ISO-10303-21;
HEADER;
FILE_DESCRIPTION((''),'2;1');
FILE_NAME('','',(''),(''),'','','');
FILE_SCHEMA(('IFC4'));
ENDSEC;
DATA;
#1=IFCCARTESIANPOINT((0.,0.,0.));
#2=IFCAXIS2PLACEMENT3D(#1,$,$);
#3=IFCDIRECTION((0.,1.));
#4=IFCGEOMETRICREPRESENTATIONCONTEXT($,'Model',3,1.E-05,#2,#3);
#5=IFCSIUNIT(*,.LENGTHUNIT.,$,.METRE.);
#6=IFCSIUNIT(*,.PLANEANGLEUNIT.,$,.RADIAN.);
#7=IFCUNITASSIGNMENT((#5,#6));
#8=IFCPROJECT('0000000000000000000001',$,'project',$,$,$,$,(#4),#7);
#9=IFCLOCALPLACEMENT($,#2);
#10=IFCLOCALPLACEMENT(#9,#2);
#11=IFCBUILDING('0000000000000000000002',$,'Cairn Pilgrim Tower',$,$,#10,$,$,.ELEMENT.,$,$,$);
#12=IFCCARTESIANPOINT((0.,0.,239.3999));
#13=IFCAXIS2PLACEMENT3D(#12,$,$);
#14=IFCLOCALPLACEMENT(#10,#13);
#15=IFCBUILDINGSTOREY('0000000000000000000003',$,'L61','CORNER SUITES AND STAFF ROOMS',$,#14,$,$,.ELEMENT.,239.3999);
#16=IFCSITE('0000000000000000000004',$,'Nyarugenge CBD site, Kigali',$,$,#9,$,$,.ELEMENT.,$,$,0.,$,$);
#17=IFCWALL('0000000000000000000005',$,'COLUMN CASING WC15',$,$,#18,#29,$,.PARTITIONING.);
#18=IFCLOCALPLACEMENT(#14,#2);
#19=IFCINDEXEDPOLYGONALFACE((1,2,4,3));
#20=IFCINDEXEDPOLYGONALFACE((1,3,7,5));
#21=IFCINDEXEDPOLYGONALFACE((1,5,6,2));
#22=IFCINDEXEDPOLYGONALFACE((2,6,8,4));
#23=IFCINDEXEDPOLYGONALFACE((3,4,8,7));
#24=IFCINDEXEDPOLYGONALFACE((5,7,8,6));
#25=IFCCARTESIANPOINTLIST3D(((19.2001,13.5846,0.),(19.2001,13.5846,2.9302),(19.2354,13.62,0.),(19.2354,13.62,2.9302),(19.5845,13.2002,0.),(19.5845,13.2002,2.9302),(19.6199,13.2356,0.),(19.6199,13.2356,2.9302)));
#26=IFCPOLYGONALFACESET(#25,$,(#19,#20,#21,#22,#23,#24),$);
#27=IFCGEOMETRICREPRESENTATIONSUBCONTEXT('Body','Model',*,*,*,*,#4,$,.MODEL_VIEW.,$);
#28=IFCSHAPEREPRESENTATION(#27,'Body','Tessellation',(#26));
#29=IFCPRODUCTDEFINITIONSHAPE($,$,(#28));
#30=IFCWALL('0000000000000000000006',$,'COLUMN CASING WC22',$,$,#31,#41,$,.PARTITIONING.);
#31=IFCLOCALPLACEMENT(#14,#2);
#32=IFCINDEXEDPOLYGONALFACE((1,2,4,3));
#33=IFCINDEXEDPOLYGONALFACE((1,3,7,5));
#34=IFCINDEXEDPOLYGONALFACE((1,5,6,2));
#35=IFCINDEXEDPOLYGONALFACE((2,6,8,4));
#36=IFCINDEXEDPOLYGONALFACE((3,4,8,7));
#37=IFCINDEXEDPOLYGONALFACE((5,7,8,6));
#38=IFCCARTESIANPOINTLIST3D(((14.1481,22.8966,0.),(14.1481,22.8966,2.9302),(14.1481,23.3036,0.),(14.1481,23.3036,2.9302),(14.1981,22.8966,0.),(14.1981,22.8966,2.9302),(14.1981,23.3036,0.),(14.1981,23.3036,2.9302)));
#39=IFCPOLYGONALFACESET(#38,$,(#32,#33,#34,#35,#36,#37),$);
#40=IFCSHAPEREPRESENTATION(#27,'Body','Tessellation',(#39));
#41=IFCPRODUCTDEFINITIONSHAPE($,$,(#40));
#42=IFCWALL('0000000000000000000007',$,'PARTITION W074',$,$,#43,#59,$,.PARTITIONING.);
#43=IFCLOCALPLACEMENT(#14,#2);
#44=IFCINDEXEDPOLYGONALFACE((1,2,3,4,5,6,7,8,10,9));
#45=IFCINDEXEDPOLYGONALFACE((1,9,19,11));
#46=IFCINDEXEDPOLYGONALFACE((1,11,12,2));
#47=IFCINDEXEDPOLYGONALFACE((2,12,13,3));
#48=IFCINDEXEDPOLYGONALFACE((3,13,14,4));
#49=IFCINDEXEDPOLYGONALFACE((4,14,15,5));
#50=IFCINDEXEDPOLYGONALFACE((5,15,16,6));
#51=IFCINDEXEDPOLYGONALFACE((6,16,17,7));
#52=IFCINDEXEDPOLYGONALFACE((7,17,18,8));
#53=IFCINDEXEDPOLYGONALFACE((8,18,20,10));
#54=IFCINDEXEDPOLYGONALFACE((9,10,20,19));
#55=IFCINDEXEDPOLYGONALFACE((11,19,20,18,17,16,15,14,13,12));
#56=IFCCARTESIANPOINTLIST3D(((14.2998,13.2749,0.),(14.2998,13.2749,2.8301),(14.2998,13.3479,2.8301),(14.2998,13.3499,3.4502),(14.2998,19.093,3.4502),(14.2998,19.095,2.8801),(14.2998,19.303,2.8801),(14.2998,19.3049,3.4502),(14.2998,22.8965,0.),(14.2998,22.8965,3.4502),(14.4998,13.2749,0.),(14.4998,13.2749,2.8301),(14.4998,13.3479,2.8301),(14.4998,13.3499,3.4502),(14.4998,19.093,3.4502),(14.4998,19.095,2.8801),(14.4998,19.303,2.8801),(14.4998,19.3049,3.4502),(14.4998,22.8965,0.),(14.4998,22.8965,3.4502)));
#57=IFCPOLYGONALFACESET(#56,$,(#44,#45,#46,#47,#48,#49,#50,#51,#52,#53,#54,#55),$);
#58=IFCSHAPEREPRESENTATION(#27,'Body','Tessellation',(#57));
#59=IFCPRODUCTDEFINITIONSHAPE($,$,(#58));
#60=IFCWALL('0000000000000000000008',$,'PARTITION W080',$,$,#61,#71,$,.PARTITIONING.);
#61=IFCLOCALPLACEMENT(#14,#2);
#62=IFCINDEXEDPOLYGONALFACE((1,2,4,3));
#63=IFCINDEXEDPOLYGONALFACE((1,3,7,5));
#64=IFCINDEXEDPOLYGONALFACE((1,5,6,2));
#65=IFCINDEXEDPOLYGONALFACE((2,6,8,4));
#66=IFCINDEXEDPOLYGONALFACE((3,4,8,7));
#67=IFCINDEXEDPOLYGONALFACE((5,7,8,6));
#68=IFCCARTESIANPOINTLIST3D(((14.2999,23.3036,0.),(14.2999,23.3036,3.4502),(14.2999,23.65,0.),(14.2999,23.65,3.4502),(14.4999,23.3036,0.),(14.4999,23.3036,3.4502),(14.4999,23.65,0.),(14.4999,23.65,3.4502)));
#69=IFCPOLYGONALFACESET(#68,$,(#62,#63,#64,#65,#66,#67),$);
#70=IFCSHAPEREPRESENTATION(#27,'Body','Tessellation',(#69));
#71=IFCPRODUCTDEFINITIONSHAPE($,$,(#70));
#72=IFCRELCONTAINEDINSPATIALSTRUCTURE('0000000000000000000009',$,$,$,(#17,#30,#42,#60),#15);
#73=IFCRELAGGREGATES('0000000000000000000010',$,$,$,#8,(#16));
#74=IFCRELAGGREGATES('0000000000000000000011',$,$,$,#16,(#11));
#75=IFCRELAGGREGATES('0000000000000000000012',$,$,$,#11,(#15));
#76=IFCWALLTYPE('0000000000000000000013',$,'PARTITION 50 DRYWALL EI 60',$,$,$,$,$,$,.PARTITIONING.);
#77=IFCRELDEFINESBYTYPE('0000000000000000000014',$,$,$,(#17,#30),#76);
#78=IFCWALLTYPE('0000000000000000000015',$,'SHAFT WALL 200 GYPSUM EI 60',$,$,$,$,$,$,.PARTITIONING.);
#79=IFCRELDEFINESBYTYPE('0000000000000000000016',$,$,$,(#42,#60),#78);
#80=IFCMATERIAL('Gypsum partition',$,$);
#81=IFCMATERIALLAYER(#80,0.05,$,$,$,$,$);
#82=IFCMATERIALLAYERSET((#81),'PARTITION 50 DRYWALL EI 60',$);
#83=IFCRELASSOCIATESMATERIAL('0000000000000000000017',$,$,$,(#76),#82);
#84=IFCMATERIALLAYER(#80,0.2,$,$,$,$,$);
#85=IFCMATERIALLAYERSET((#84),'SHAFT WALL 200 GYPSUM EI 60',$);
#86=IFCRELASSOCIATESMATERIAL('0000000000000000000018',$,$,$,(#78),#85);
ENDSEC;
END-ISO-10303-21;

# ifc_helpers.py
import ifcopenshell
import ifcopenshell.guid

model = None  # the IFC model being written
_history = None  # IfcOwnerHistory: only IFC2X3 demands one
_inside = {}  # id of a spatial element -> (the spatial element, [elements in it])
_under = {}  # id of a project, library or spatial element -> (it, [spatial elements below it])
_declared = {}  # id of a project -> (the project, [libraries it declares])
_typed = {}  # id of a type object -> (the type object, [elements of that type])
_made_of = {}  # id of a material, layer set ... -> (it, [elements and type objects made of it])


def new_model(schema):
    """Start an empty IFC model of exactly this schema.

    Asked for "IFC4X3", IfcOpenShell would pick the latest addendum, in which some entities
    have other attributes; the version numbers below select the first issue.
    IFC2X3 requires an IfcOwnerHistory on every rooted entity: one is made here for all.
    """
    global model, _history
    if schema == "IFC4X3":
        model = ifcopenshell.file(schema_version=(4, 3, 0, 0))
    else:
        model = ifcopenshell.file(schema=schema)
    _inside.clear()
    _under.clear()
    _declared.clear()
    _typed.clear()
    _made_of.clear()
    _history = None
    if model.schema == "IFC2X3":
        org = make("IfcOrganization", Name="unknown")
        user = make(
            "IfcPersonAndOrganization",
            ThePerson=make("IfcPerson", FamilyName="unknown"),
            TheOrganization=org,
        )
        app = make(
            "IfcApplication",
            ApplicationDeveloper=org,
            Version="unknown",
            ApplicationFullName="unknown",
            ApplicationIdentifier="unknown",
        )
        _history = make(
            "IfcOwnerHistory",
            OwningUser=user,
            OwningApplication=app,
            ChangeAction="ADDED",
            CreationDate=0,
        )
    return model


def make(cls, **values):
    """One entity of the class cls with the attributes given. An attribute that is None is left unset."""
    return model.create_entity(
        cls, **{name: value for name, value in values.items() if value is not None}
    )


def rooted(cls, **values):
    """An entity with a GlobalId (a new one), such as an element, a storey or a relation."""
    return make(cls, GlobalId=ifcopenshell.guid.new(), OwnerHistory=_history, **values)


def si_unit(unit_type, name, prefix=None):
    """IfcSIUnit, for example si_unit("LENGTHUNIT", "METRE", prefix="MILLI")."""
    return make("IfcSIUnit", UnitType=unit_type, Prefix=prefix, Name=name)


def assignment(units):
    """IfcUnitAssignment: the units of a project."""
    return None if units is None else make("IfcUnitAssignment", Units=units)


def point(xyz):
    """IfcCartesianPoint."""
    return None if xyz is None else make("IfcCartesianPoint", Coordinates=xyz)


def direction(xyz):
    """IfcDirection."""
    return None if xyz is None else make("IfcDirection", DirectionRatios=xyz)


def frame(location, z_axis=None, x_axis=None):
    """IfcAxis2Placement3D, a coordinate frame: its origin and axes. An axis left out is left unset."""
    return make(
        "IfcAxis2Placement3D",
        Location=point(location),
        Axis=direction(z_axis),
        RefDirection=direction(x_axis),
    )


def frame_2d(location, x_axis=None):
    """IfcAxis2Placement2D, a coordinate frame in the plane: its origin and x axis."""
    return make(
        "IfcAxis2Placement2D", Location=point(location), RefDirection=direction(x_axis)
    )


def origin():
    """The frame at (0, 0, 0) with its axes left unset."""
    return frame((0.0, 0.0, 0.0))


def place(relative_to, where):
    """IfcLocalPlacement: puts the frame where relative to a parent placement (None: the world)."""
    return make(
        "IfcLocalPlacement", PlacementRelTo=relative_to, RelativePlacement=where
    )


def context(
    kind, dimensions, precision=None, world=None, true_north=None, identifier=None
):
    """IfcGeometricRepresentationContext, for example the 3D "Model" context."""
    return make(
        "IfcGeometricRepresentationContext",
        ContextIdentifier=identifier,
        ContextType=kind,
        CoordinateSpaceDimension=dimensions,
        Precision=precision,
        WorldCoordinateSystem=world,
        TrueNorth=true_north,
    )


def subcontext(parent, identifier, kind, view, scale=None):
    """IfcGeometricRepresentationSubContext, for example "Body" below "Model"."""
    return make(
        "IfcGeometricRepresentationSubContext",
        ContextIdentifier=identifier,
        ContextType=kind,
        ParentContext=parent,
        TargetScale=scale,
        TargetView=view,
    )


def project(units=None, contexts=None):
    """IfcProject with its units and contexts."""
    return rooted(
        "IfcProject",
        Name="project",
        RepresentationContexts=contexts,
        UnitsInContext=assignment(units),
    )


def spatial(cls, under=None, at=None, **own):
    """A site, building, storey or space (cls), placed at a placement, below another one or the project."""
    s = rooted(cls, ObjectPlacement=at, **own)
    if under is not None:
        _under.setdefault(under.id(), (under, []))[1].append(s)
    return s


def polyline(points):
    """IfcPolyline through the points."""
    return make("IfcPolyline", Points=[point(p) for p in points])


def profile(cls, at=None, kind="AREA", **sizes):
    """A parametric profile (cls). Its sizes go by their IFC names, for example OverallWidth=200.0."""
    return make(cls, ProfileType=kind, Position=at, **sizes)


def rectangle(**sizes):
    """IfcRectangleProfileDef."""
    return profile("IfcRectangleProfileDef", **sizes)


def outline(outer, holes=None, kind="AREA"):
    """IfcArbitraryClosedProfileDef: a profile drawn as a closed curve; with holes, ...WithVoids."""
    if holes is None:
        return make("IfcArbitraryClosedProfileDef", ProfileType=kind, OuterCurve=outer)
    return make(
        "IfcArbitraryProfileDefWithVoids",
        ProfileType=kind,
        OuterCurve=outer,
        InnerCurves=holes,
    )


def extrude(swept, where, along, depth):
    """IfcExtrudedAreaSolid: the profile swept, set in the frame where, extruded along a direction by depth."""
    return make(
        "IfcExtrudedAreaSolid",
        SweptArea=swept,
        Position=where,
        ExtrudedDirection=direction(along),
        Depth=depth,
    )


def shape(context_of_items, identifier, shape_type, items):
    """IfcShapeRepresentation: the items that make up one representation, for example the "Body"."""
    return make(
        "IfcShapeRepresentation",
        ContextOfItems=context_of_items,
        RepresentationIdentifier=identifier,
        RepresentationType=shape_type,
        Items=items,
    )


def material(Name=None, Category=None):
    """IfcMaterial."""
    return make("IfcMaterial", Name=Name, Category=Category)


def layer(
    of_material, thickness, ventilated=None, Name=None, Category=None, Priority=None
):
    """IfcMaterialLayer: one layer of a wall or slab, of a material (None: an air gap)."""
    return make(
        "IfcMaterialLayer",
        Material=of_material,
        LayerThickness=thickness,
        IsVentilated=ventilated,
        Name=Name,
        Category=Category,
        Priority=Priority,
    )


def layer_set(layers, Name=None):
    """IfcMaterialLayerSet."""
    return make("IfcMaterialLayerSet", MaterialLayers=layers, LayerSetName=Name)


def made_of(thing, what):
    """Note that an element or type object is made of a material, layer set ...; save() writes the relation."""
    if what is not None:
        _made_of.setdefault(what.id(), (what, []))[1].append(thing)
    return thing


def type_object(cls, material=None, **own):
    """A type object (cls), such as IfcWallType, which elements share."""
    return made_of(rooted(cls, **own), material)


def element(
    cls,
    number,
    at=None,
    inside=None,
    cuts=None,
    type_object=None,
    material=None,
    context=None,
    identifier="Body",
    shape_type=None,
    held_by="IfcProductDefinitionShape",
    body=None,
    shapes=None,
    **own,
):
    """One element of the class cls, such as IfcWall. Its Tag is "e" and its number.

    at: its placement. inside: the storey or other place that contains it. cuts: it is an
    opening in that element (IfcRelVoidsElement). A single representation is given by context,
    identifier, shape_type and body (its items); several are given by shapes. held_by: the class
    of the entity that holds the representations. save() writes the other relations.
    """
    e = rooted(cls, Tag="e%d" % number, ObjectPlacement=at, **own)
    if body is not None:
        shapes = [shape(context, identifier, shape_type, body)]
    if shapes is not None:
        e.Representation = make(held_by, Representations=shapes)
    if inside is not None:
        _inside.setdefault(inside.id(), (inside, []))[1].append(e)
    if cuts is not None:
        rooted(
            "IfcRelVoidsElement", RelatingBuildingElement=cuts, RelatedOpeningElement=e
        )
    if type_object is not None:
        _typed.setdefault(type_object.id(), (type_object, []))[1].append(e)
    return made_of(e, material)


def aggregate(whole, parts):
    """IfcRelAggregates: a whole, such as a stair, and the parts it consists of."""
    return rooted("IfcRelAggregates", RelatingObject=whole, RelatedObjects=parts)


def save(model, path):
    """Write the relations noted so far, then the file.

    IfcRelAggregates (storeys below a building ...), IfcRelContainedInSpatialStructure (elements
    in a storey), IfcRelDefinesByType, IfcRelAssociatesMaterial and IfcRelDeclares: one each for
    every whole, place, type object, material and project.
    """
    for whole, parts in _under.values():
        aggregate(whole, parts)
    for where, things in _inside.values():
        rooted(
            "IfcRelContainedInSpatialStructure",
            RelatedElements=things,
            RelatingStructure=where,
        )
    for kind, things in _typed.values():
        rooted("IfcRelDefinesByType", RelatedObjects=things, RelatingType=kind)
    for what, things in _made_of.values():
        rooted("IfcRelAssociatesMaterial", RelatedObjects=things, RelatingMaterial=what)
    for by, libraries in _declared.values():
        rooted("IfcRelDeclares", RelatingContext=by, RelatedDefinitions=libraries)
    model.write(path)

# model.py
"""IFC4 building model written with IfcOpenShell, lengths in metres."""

from ifc_helpers import new_model, si_unit, direction, frame, frame_2d, origin, place, context, subcontext, project, spatial, polyline, rectangle, outline, extrude, material, layer, layer_set, type_object, element, save


model = new_model("IFC4")

# Units and contexts
model_context = context("Model", 3, precision=1e-05, world=origin(), true_north=direction((0.0, 1.0)))
body_context = subcontext(model_context, "Body", "Model", "MODEL_VIEW")
ifc_project = project(units=[si_unit("LENGTHUNIT", "METRE"), si_unit("PLANEANGLEUNIT", "RADIAN")], contexts=[model_context])

# Site, building, storey
site_placement = place(None, origin())
site = spatial("IfcSite", under=ifc_project, at=site_placement, Name="Nyarugenge CBD site, Kigali", CompositionType="ELEMENT", RefElevation=0.0)
building_placement = place(site_placement, origin())
building = spatial("IfcBuilding", under=site, at=building_placement, Name="Cairn Pilgrim Tower", CompositionType="ELEMENT")
storey_placement = place(building_placement, frame((0.0, 0.0, 239.3999)))
storey = spatial("IfcBuildingStorey", under=building, at=storey_placement, Name="L61", Description="CORNER SUITES AND STAFF ROOMS", CompositionType="ELEMENT", Elevation=239.3999)

# Shared definitions
ifc_material_1 = material(Name="Gypsum partition")

# Walls
ifc_layer_1 = layer(ifc_material_1, 0.05)
ifc_layer_set_1 = layer_set([ifc_layer_1], Name="PARTITION 50 DRYWALL EI 60")
wall_type_1 = type_object("IfcWallType", Name="PARTITION 50 DRYWALL EI 60", PredefinedType="PARTITIONING", material=ifc_layer_set_1)
wall_1_placement = place(storey_placement, frame((19.6023, 13.2178, 0.0), z_axis=(0.0, 0.0, 1.0), x_axis=(-0.707107, 0.707107, 0.0)))
element("IfcWall", 1, at=wall_1_placement, inside=storey, type_object=wall_type_1, Name="COLUMN CASING WC15", PredefinedType="PARTITIONING", context=body_context, shape_type="SweptSolid", body=[
    extrude(rectangle(XDim=0.5437, YDim=0.05, at=frame_2d((0.272, 0.0))), origin(), (0.0, 0.0, 1.0), 2.9302),
])
wall_2_placement = place(storey_placement, frame((14.1731, 22.8965, 0.0), z_axis=(0.0, 0.0, 1.0), x_axis=(0.0, 1.0, 0.0)))
element("IfcWall", 2, at=wall_2_placement, inside=storey, type_object=wall_type_1, Name="COLUMN CASING WC22", PredefinedType="PARTITIONING", context=body_context, shape_type="SweptSolid", body=[
    extrude(rectangle(XDim=0.407, YDim=0.05, at=frame_2d((0.2036, 0.0))), origin(), (0.0, 0.0, 1.0), 2.9302),
])
ifc_layer_2 = layer(ifc_material_1, 0.2)
ifc_layer_set_2 = layer_set([ifc_layer_2], Name="SHAFT WALL 200 GYPSUM EI 60")
wall_type_2 = type_object("IfcWallType", Name="SHAFT WALL 200 GYPSUM EI 60", PredefinedType="PARTITIONING", material=ifc_layer_set_2)
wall_3_placement = place(storey_placement, frame((14.3999, 13.2749, 0.0), z_axis=(0.0, 0.0, 1.0), x_axis=(0.0, 1.0, 0.0)))
element("IfcWall", 3, at=wall_3_placement, inside=storey, type_object=wall_type_2, Name="PARTITION W074", PredefinedType="PARTITIONING", context=body_context, shape_type="SweptSolid", body=[
    extrude(outline(polyline([(0.0, 0.0), (9.6216, 0.0), (9.6216, 3.4502), (6.03, 3.4502), (6.0281, 2.8801), (5.8201, 2.8801), (5.8181, 3.4502), (0.075, 3.4502), (0.073, 2.8301), (0.0, 2.8301), (0.0, 0.0)])), frame((0.0, 0.1001, 0.0), z_axis=(0.0, -1.0, 0.0), x_axis=(1.0, 0.0, 0.0)), (0.0, 0.0, 1.0), 0.2),
])
wall_4_placement = place(storey_placement, frame((14.3999, 23.3035, 0.0), z_axis=(0.0, 0.0, 1.0), x_axis=(0.0, 1.0, 0.0)))
element("IfcWall", 4, at=wall_4_placement, inside=storey, type_object=wall_type_2, Name="PARTITION W080", PredefinedType="PARTITIONING", context=body_context, shape_type="SweptSolid", body=[
    extrude(rectangle(XDim=0.3464, YDim=0.2, at=frame_2d((0.1733, 0.0))), origin(), (0.0, 0.0, 1.0), 3.4502),
])

save(model, "model.ifc")
